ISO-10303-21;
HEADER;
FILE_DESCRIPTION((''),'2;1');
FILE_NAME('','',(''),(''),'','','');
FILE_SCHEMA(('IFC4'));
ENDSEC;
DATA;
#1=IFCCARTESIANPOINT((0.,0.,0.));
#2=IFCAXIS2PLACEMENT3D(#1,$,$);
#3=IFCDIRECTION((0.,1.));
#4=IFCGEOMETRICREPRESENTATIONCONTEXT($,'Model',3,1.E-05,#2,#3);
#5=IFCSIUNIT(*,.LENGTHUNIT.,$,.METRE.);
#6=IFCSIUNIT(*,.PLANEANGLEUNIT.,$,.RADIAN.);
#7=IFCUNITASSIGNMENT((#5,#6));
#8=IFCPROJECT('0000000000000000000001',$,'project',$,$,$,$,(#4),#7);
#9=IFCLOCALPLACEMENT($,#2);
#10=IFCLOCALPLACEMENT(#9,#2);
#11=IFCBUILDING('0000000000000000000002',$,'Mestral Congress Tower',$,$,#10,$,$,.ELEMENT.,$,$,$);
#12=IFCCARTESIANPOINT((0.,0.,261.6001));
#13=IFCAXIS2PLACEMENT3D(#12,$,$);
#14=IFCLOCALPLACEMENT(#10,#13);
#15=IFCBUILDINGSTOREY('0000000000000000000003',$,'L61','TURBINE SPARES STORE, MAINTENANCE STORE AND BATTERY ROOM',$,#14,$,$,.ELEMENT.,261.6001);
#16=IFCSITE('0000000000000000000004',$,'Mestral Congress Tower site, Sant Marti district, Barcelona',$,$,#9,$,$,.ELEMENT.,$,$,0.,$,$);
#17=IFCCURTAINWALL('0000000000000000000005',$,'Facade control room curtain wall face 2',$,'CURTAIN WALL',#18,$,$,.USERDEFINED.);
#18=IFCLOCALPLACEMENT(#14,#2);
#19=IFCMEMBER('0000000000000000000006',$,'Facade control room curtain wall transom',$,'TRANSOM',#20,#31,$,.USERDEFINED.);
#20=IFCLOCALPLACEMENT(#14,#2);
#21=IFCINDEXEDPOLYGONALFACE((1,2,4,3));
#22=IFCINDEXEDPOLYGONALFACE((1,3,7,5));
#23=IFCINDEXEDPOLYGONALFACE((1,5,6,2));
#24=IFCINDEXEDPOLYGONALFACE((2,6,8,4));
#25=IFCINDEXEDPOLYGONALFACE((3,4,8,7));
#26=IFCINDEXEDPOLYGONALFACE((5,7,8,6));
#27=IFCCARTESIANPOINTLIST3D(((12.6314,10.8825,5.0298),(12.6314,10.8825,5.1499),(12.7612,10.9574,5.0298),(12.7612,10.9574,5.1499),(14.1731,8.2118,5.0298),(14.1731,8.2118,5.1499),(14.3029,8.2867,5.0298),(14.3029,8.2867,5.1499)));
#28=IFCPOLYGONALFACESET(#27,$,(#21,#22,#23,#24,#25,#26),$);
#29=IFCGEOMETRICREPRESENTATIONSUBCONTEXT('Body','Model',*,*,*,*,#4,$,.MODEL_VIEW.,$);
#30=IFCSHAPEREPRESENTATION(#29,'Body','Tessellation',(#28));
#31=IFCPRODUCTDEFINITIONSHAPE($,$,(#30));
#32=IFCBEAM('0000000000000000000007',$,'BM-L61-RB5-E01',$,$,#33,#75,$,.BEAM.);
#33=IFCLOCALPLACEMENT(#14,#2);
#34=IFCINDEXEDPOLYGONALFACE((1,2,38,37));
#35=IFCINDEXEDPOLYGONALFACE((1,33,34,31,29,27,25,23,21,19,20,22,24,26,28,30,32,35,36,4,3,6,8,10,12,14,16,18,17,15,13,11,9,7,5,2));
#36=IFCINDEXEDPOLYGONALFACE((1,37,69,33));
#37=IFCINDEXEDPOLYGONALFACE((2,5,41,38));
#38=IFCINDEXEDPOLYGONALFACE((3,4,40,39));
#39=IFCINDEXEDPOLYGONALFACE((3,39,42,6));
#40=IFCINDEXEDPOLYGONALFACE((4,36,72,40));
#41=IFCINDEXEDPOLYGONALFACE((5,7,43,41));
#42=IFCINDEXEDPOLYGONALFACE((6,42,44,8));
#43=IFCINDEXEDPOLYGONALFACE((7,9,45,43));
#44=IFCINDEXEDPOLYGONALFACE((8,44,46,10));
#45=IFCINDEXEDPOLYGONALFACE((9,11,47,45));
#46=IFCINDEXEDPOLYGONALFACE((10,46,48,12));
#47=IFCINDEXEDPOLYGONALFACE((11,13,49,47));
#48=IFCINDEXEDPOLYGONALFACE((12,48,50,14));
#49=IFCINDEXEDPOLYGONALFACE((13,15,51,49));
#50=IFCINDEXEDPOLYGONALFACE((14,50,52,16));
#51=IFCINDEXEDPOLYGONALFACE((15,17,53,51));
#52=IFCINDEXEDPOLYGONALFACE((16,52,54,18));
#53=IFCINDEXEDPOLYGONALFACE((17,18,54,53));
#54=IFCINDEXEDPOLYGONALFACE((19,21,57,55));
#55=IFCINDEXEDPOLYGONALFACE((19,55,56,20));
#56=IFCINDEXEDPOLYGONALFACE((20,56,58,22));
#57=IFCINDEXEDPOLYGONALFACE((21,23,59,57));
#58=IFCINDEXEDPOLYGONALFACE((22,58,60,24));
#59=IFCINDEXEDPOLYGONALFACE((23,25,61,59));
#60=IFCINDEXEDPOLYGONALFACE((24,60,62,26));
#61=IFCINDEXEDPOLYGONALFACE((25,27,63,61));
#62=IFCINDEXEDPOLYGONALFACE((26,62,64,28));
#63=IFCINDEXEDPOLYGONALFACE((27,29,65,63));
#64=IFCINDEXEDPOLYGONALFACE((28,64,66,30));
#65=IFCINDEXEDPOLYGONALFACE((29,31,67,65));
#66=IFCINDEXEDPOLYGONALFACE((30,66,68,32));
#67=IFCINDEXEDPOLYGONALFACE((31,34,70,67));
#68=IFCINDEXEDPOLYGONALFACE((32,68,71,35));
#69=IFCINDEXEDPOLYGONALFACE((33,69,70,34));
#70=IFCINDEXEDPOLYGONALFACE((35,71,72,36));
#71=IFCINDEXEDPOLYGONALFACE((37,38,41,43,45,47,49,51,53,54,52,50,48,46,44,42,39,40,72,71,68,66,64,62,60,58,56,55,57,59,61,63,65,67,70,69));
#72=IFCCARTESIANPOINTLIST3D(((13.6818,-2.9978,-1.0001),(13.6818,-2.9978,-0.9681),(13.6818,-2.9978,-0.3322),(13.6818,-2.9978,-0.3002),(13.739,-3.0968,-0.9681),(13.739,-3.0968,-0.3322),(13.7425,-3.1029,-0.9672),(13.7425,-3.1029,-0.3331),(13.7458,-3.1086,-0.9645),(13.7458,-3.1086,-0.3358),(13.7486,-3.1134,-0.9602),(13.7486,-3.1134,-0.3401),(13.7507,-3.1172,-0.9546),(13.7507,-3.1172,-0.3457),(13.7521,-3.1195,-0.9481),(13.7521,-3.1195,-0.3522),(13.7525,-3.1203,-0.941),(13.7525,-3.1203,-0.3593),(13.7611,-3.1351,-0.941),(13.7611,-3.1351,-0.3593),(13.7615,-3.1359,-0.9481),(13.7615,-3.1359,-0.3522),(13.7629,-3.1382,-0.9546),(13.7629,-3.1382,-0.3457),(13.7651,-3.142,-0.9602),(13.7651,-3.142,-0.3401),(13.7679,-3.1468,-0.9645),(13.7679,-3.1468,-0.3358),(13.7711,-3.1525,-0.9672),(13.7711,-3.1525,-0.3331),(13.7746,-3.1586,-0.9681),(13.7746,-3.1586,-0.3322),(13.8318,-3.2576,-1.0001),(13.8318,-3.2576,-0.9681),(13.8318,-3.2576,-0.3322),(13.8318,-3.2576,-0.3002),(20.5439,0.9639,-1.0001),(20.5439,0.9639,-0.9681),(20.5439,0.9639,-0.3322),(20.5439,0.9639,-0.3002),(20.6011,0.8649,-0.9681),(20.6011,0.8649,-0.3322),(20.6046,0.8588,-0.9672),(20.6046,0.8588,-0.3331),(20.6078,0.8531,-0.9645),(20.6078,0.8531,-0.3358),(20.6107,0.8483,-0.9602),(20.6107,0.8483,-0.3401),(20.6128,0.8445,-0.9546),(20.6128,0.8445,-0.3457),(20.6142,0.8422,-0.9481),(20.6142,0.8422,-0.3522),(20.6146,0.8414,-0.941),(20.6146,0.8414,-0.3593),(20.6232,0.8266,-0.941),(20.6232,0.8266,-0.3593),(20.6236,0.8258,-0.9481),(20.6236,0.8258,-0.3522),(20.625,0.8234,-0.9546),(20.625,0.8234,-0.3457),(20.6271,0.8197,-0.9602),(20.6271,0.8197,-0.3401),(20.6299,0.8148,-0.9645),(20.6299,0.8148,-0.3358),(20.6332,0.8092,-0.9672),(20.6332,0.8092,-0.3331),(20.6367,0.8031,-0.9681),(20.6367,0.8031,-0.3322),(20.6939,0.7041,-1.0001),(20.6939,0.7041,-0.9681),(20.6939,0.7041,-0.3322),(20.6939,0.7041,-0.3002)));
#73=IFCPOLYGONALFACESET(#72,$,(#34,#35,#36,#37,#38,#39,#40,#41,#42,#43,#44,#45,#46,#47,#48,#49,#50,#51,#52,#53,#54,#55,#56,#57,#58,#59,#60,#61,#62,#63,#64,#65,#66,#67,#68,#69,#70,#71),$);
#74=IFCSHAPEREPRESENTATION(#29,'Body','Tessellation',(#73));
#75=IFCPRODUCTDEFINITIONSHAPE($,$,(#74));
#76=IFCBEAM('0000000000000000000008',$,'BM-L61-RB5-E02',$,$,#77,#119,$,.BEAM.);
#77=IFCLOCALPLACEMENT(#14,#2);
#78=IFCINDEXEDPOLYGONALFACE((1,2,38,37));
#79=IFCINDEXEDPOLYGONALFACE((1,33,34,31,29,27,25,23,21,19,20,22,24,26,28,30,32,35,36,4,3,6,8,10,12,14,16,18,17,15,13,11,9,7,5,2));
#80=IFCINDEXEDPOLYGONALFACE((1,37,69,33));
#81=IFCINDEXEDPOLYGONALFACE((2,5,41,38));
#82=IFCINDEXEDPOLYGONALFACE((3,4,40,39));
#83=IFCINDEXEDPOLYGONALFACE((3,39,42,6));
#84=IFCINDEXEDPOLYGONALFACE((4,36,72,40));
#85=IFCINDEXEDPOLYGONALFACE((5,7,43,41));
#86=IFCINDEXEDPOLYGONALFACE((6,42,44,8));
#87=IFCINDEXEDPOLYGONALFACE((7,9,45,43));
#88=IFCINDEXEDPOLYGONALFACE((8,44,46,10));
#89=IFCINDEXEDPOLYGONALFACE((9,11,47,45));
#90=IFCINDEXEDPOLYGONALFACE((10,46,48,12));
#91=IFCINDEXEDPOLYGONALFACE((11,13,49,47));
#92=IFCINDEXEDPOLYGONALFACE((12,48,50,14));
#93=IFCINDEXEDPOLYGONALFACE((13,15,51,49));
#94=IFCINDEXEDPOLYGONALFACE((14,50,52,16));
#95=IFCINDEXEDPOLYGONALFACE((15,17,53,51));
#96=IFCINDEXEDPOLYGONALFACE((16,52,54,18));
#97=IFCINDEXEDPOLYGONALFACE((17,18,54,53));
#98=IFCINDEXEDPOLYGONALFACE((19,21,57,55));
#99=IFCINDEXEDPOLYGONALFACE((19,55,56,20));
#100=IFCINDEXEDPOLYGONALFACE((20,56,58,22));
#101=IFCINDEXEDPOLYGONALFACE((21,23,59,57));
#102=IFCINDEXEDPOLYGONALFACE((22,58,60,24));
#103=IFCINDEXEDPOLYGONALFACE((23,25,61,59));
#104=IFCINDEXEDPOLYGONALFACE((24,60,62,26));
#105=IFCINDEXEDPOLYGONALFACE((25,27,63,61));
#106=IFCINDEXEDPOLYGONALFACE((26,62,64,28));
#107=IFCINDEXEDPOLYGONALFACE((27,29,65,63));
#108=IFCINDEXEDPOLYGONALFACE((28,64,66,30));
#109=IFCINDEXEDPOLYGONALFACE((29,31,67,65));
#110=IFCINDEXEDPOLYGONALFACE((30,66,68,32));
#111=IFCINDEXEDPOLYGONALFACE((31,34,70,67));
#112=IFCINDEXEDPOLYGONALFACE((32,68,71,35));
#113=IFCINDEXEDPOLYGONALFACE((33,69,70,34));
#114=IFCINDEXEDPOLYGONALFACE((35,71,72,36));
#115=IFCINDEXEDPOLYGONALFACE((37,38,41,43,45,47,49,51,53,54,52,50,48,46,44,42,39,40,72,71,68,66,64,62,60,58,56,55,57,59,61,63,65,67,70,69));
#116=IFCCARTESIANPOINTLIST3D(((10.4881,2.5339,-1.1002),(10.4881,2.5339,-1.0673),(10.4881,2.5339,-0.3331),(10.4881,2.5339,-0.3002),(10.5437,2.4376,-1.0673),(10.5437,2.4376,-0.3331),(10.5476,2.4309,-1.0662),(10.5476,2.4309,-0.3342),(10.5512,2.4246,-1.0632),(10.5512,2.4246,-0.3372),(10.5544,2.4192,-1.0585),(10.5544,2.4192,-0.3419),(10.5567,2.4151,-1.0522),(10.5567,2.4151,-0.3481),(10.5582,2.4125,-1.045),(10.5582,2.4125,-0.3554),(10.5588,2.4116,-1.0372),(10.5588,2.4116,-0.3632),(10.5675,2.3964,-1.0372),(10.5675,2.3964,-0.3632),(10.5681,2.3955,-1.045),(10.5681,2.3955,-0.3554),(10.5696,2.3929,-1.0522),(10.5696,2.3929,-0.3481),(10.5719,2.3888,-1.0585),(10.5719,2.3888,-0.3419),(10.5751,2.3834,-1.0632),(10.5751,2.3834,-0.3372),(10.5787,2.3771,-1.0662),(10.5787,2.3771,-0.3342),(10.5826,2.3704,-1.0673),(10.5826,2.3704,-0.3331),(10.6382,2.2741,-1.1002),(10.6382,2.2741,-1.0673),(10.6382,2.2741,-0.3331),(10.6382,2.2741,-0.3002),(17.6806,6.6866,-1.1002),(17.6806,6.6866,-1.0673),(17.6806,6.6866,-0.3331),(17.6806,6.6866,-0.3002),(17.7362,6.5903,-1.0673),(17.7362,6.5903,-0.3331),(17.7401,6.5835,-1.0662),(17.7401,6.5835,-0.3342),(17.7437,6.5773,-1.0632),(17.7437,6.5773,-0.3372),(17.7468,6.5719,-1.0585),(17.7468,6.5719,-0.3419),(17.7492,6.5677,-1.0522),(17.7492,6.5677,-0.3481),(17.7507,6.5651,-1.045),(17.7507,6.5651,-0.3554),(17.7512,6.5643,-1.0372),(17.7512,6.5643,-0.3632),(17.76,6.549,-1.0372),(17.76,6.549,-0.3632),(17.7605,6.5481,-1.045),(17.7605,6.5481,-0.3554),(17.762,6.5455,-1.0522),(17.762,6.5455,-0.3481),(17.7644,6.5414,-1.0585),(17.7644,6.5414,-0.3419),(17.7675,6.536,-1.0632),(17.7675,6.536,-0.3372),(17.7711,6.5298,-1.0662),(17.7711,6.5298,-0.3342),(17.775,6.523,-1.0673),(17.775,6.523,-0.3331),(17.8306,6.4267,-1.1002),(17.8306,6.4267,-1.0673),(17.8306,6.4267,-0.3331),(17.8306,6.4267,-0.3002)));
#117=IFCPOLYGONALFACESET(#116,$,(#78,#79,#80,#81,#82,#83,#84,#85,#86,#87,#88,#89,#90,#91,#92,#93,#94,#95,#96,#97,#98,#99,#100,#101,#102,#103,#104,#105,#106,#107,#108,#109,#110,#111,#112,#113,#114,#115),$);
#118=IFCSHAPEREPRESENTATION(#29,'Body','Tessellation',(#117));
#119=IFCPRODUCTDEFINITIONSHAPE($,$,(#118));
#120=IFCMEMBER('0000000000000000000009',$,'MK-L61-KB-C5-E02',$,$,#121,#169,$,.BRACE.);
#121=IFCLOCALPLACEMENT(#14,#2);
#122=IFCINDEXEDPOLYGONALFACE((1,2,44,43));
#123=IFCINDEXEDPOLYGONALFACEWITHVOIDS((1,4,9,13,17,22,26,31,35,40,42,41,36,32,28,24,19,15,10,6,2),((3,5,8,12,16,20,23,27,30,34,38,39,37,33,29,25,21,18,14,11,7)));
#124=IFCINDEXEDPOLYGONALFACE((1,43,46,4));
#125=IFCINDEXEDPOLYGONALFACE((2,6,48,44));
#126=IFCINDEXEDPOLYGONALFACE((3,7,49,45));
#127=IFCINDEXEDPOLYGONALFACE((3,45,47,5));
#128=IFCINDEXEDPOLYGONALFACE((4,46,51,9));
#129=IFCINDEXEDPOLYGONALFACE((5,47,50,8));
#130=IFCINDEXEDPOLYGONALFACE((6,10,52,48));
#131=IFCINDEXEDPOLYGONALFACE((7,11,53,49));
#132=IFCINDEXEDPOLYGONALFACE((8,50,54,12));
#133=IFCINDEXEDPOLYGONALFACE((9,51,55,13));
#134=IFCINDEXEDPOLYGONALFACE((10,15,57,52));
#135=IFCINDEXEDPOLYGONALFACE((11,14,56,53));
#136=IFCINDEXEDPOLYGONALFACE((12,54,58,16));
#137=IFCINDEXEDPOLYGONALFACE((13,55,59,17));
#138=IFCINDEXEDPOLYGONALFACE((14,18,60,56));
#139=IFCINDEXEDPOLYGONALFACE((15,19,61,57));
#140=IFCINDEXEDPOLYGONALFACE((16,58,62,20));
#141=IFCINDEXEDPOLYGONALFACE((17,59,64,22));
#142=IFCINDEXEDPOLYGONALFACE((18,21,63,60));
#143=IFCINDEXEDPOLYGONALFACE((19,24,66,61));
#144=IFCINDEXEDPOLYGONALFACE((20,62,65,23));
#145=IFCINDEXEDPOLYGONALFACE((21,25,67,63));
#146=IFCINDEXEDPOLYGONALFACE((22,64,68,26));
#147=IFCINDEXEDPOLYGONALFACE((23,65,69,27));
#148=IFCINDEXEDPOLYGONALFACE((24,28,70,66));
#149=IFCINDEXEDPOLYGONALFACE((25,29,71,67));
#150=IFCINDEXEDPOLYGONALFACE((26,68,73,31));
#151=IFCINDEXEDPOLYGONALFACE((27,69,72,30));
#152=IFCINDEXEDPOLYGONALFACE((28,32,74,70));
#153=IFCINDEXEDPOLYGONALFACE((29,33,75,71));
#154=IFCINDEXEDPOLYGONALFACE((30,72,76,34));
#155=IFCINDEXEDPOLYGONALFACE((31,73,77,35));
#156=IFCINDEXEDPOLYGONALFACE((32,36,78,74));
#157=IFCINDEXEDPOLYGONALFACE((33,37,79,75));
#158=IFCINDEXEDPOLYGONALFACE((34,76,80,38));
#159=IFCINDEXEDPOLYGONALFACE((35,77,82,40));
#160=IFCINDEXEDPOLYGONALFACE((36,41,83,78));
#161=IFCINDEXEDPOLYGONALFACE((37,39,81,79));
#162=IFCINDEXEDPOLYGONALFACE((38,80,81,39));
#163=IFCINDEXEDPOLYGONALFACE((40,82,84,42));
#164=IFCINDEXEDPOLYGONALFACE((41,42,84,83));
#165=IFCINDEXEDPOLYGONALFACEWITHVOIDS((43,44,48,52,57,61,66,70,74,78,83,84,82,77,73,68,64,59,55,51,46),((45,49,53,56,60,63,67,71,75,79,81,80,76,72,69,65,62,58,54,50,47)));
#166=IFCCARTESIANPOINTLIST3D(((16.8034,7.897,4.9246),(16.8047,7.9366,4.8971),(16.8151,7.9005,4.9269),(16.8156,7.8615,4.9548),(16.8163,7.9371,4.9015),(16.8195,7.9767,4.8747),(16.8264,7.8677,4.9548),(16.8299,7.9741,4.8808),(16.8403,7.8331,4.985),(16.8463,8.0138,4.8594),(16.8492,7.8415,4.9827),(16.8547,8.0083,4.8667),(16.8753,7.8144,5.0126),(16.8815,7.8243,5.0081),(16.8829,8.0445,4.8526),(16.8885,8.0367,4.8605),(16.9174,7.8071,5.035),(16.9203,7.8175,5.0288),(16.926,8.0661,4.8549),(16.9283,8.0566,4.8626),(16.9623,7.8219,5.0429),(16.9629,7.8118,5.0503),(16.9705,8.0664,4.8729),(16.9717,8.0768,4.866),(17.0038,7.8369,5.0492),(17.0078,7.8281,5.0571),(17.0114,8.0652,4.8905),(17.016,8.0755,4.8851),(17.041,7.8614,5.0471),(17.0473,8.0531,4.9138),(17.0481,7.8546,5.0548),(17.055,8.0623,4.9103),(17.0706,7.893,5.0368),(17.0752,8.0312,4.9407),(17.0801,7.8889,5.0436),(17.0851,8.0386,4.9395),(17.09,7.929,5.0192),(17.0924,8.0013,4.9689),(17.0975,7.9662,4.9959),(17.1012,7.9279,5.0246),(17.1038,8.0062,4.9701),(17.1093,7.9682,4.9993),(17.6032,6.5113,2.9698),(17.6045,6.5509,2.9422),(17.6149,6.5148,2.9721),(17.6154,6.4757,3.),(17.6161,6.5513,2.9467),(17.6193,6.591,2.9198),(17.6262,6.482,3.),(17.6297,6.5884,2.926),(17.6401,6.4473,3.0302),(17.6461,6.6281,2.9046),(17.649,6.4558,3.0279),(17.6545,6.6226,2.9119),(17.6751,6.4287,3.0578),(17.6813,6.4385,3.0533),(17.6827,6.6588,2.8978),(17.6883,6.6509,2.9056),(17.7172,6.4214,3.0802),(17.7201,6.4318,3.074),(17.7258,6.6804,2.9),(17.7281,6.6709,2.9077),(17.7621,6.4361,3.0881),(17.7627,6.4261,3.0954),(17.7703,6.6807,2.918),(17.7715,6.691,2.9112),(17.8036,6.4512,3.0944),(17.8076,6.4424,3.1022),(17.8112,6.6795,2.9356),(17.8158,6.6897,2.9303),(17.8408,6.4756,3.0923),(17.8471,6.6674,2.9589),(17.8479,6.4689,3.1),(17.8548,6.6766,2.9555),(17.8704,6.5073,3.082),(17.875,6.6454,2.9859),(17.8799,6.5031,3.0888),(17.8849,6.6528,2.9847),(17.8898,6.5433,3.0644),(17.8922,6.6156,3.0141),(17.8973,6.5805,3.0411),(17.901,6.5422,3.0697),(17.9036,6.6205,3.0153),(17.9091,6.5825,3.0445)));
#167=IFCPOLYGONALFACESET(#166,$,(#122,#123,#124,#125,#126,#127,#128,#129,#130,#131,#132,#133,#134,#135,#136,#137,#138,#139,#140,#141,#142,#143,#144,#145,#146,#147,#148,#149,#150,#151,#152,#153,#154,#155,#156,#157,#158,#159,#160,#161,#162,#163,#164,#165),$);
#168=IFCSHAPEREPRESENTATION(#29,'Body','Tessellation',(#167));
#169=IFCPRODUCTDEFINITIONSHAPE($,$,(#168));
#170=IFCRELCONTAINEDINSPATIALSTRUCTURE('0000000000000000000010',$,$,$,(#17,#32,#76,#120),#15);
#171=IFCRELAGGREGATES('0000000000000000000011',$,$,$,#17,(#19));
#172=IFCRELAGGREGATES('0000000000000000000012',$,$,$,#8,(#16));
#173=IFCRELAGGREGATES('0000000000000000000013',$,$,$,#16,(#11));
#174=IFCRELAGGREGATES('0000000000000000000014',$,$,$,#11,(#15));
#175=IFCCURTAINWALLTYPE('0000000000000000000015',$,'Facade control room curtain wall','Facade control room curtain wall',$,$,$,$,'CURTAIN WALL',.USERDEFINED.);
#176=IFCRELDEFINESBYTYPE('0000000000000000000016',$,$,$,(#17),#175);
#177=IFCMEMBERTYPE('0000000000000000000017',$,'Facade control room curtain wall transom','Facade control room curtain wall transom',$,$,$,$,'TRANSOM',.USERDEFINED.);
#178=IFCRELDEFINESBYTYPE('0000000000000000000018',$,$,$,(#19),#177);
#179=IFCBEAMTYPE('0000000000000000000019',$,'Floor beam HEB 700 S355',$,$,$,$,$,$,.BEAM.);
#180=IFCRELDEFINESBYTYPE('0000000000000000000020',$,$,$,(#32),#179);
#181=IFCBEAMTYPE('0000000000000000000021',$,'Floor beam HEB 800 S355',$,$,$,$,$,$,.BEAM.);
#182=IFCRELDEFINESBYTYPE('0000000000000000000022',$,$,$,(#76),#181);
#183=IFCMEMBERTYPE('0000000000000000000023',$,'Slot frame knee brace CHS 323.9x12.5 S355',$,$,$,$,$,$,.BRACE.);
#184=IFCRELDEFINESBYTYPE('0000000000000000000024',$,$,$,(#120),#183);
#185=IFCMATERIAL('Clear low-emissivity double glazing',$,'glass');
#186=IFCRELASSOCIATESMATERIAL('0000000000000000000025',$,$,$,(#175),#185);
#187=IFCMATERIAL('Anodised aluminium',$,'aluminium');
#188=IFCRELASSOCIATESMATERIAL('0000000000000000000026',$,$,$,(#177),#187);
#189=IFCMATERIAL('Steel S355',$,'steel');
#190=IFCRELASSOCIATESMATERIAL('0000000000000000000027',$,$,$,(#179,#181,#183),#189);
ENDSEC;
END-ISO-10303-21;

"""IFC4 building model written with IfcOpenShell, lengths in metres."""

from ifc_helpers import new_model, si_unit, direction, frame, origin, origin_2d, place, context, subcontext, project, spatial, rectangle, hollow_circle, i_section, extrude, material, material_profile, profile_set, type_object, element, aggregate, save


model = new_model("IFC4")

# Units and contexts
model_context = context("Model", 3, precision=1e-05, world=origin(), true_north=direction((0.0, 1.0)))
body_context = subcontext(model_context, "Body", "Model", "MODEL_VIEW")
ifc_project = project(units=[si_unit("LENGTHUNIT", "METRE"), si_unit("PLANEANGLEUNIT", "RADIAN")], contexts=[model_context])

# Site, building, storey
site_placement = place(None, origin())
site = spatial("IfcSite", under=ifc_project, at=site_placement, Name="Mestral Congress Tower site, Sant Marti district, Barcelona", CompositionType="ELEMENT", RefElevation=0.0)
building_placement = place(site_placement, origin())
building = spatial("IfcBuilding", under=site, at=building_placement, Name="Mestral Congress Tower", CompositionType="ELEMENT")
storey_placement = place(building_placement, frame((0.0, 0.0, 261.6001)))
storey = spatial("IfcBuildingStorey", under=building, at=storey_placement, Name="L61", Description="TURBINE SPARES STORE, MAINTENANCE STORE AND BATTERY ROOM", CompositionType="ELEMENT", Elevation=261.6001)

# Curtain wall, member
ifc_material_1 = material(Name="Clear low-emissivity double glazing", Category="glass")
curtain_wall_type = type_object("IfcCurtainWallType", Name="Facade control room curtain wall", Description="Facade control room curtain wall", ElementType="CURTAIN WALL", PredefinedType="USERDEFINED", material=ifc_material_1)
curtain_wall_placement = place(storey_placement, origin())
curtain_wall = element("IfcCurtainWall", 1, at=curtain_wall_placement, inside=storey, type_object=curtain_wall_type, Name="Facade control room curtain wall face 2", ObjectType="CURTAIN WALL", PredefinedType="USERDEFINED")
ifc_material_2 = material(Name="Anodised aluminium", Category="aluminium")
ifc_material_profile_1 = material_profile(ifc_material_2, rectangle(XDim=0.1499, YDim=0.1201, at=origin_2d()), Name="CW5 transom 150 x 120")
ifc_profile_set_1 = profile_set([ifc_material_profile_1], Name="Anodised aluminium")
member_type_1 = type_object("IfcMemberType", Name="Facade control room curtain wall transom", Description="Facade control room curtain wall transom", ElementType="TRANSOM", PredefinedType="USERDEFINED", material=ifc_profile_set_1)
member_1_placement = place(storey_placement, frame((14.238, 8.2493, 5.0898), z_axis=(-0.499962, 0.866047, 0.0), x_axis=(-0.866047, -0.499962, 0.0)))
member_1 = element("IfcMember", 2, at=member_1_placement, type_object=member_type_1, Name="Facade control room curtain wall transom", ObjectType="TRANSOM", PredefinedType="USERDEFINED", context=body_context, shape_type="SweptSolid", body=[
    extrude(rectangle(XDim=0.1499, YDim=0.1201, at=origin_2d()), origin(), (0.0, 0.0, 1.0), 3.0837),
])

# Beams
ifc_material_3 = material(Name="Steel S355", Category="steel")
ifc_material_profile_2 = material_profile(ifc_material_3, i_section(OverallWidth=0.3, OverallDepth=0.7, WebThickness=0.0171, FlangeThickness=0.032, FilletRadius=0.0271, at=origin_2d()), Name="HEB 700")
ifc_profile_set_2 = profile_set([ifc_material_profile_2], Name="Steel S355")
beam_type_1 = type_object("IfcBeamType", Name="Floor beam HEB 700 S355", PredefinedType="BEAM", material=ifc_profile_set_2)
beam_1_placement = place(storey_placement, frame((20.6189, 0.834, -0.6501), z_axis=(-0.866033, -0.499987, 0.0), x_axis=(0.499987, -0.866033, 0.0)))
element("IfcBeam", 3, at=beam_1_placement, inside=storey, type_object=beam_type_1, Name="BM-L61-RB5-E01", PredefinedType="BEAM", context=body_context, shape_type="SweptSolid", body=[
    extrude(i_section(OverallWidth=0.3, OverallDepth=0.7, WebThickness=0.0171, FlangeThickness=0.032, FilletRadius=0.0271, at=origin_2d()), origin(), (0.0, 0.0, 1.0), 7.9236),
])
ifc_material_profile_3 = material_profile(ifc_material_3, i_section(OverallWidth=0.3, OverallDepth=0.8, WebThickness=0.0176, FlangeThickness=0.033, FilletRadius=0.03, at=origin_2d()), Name="HEB 800")
ifc_profile_set_3 = profile_set([ifc_material_profile_3], Name="Steel S355")
beam_type_2 = type_object("IfcBeamType", Name="Floor beam HEB 800 S355", PredefinedType="BEAM", material=ifc_profile_set_3)
beam_2_placement = place(storey_placement, frame((17.7556, 6.5566, -0.7002), z_axis=(-0.866022, -0.500006, 0.0), x_axis=(0.500006, -0.866022, 0.0)))
element("IfcBeam", 4, at=beam_2_placement, inside=storey, type_object=beam_type_2, Name="BM-L61-RB5-E02", PredefinedType="BEAM", context=body_context, shape_type="SweptSolid", body=[
    extrude(i_section(OverallWidth=0.3, OverallDepth=0.8, WebThickness=0.0176, FlangeThickness=0.033, FilletRadius=0.03, at=origin_2d()), origin(), (0.0, 0.0, 1.0), 8.3052),
])

# Member
ifc_material_profile_4 = material_profile(ifc_material_3, hollow_circle(Radius=0.1619, WallThickness=0.0125, at=origin_2d()), Name="CHS 323.9x12.5")
ifc_profile_set_4 = profile_set([ifc_material_profile_4], Name="Steel S355")
member_type_2 = type_object("IfcMemberType", Name="Slot frame knee brace CHS 323.9x12.5 S355", PredefinedType="BRACE", material=ifc_profile_set_4)
member_2_placement = place(storey_placement, frame((17.7556, 6.5566, 3.0), z_axis=(-0.316612, 0.548563, 0.773845), x_axis=(-0.866094, -0.499881, 0.0)))
element("IfcMember", 5, at=member_2_placement, inside=storey, type_object=member_type_2, Name="MK-L61-KB-C5-E02", PredefinedType="BRACE", context=body_context, shape_type="SweptSolid", body=[
    extrude(hollow_circle(Radius=0.1619, WallThickness=0.0125, at=origin_2d()), origin(), (0.0, 0.0, 1.0), 2.5261),
])

aggregate(curtain_wall, [member_1])

save(model, "model.ifc")
